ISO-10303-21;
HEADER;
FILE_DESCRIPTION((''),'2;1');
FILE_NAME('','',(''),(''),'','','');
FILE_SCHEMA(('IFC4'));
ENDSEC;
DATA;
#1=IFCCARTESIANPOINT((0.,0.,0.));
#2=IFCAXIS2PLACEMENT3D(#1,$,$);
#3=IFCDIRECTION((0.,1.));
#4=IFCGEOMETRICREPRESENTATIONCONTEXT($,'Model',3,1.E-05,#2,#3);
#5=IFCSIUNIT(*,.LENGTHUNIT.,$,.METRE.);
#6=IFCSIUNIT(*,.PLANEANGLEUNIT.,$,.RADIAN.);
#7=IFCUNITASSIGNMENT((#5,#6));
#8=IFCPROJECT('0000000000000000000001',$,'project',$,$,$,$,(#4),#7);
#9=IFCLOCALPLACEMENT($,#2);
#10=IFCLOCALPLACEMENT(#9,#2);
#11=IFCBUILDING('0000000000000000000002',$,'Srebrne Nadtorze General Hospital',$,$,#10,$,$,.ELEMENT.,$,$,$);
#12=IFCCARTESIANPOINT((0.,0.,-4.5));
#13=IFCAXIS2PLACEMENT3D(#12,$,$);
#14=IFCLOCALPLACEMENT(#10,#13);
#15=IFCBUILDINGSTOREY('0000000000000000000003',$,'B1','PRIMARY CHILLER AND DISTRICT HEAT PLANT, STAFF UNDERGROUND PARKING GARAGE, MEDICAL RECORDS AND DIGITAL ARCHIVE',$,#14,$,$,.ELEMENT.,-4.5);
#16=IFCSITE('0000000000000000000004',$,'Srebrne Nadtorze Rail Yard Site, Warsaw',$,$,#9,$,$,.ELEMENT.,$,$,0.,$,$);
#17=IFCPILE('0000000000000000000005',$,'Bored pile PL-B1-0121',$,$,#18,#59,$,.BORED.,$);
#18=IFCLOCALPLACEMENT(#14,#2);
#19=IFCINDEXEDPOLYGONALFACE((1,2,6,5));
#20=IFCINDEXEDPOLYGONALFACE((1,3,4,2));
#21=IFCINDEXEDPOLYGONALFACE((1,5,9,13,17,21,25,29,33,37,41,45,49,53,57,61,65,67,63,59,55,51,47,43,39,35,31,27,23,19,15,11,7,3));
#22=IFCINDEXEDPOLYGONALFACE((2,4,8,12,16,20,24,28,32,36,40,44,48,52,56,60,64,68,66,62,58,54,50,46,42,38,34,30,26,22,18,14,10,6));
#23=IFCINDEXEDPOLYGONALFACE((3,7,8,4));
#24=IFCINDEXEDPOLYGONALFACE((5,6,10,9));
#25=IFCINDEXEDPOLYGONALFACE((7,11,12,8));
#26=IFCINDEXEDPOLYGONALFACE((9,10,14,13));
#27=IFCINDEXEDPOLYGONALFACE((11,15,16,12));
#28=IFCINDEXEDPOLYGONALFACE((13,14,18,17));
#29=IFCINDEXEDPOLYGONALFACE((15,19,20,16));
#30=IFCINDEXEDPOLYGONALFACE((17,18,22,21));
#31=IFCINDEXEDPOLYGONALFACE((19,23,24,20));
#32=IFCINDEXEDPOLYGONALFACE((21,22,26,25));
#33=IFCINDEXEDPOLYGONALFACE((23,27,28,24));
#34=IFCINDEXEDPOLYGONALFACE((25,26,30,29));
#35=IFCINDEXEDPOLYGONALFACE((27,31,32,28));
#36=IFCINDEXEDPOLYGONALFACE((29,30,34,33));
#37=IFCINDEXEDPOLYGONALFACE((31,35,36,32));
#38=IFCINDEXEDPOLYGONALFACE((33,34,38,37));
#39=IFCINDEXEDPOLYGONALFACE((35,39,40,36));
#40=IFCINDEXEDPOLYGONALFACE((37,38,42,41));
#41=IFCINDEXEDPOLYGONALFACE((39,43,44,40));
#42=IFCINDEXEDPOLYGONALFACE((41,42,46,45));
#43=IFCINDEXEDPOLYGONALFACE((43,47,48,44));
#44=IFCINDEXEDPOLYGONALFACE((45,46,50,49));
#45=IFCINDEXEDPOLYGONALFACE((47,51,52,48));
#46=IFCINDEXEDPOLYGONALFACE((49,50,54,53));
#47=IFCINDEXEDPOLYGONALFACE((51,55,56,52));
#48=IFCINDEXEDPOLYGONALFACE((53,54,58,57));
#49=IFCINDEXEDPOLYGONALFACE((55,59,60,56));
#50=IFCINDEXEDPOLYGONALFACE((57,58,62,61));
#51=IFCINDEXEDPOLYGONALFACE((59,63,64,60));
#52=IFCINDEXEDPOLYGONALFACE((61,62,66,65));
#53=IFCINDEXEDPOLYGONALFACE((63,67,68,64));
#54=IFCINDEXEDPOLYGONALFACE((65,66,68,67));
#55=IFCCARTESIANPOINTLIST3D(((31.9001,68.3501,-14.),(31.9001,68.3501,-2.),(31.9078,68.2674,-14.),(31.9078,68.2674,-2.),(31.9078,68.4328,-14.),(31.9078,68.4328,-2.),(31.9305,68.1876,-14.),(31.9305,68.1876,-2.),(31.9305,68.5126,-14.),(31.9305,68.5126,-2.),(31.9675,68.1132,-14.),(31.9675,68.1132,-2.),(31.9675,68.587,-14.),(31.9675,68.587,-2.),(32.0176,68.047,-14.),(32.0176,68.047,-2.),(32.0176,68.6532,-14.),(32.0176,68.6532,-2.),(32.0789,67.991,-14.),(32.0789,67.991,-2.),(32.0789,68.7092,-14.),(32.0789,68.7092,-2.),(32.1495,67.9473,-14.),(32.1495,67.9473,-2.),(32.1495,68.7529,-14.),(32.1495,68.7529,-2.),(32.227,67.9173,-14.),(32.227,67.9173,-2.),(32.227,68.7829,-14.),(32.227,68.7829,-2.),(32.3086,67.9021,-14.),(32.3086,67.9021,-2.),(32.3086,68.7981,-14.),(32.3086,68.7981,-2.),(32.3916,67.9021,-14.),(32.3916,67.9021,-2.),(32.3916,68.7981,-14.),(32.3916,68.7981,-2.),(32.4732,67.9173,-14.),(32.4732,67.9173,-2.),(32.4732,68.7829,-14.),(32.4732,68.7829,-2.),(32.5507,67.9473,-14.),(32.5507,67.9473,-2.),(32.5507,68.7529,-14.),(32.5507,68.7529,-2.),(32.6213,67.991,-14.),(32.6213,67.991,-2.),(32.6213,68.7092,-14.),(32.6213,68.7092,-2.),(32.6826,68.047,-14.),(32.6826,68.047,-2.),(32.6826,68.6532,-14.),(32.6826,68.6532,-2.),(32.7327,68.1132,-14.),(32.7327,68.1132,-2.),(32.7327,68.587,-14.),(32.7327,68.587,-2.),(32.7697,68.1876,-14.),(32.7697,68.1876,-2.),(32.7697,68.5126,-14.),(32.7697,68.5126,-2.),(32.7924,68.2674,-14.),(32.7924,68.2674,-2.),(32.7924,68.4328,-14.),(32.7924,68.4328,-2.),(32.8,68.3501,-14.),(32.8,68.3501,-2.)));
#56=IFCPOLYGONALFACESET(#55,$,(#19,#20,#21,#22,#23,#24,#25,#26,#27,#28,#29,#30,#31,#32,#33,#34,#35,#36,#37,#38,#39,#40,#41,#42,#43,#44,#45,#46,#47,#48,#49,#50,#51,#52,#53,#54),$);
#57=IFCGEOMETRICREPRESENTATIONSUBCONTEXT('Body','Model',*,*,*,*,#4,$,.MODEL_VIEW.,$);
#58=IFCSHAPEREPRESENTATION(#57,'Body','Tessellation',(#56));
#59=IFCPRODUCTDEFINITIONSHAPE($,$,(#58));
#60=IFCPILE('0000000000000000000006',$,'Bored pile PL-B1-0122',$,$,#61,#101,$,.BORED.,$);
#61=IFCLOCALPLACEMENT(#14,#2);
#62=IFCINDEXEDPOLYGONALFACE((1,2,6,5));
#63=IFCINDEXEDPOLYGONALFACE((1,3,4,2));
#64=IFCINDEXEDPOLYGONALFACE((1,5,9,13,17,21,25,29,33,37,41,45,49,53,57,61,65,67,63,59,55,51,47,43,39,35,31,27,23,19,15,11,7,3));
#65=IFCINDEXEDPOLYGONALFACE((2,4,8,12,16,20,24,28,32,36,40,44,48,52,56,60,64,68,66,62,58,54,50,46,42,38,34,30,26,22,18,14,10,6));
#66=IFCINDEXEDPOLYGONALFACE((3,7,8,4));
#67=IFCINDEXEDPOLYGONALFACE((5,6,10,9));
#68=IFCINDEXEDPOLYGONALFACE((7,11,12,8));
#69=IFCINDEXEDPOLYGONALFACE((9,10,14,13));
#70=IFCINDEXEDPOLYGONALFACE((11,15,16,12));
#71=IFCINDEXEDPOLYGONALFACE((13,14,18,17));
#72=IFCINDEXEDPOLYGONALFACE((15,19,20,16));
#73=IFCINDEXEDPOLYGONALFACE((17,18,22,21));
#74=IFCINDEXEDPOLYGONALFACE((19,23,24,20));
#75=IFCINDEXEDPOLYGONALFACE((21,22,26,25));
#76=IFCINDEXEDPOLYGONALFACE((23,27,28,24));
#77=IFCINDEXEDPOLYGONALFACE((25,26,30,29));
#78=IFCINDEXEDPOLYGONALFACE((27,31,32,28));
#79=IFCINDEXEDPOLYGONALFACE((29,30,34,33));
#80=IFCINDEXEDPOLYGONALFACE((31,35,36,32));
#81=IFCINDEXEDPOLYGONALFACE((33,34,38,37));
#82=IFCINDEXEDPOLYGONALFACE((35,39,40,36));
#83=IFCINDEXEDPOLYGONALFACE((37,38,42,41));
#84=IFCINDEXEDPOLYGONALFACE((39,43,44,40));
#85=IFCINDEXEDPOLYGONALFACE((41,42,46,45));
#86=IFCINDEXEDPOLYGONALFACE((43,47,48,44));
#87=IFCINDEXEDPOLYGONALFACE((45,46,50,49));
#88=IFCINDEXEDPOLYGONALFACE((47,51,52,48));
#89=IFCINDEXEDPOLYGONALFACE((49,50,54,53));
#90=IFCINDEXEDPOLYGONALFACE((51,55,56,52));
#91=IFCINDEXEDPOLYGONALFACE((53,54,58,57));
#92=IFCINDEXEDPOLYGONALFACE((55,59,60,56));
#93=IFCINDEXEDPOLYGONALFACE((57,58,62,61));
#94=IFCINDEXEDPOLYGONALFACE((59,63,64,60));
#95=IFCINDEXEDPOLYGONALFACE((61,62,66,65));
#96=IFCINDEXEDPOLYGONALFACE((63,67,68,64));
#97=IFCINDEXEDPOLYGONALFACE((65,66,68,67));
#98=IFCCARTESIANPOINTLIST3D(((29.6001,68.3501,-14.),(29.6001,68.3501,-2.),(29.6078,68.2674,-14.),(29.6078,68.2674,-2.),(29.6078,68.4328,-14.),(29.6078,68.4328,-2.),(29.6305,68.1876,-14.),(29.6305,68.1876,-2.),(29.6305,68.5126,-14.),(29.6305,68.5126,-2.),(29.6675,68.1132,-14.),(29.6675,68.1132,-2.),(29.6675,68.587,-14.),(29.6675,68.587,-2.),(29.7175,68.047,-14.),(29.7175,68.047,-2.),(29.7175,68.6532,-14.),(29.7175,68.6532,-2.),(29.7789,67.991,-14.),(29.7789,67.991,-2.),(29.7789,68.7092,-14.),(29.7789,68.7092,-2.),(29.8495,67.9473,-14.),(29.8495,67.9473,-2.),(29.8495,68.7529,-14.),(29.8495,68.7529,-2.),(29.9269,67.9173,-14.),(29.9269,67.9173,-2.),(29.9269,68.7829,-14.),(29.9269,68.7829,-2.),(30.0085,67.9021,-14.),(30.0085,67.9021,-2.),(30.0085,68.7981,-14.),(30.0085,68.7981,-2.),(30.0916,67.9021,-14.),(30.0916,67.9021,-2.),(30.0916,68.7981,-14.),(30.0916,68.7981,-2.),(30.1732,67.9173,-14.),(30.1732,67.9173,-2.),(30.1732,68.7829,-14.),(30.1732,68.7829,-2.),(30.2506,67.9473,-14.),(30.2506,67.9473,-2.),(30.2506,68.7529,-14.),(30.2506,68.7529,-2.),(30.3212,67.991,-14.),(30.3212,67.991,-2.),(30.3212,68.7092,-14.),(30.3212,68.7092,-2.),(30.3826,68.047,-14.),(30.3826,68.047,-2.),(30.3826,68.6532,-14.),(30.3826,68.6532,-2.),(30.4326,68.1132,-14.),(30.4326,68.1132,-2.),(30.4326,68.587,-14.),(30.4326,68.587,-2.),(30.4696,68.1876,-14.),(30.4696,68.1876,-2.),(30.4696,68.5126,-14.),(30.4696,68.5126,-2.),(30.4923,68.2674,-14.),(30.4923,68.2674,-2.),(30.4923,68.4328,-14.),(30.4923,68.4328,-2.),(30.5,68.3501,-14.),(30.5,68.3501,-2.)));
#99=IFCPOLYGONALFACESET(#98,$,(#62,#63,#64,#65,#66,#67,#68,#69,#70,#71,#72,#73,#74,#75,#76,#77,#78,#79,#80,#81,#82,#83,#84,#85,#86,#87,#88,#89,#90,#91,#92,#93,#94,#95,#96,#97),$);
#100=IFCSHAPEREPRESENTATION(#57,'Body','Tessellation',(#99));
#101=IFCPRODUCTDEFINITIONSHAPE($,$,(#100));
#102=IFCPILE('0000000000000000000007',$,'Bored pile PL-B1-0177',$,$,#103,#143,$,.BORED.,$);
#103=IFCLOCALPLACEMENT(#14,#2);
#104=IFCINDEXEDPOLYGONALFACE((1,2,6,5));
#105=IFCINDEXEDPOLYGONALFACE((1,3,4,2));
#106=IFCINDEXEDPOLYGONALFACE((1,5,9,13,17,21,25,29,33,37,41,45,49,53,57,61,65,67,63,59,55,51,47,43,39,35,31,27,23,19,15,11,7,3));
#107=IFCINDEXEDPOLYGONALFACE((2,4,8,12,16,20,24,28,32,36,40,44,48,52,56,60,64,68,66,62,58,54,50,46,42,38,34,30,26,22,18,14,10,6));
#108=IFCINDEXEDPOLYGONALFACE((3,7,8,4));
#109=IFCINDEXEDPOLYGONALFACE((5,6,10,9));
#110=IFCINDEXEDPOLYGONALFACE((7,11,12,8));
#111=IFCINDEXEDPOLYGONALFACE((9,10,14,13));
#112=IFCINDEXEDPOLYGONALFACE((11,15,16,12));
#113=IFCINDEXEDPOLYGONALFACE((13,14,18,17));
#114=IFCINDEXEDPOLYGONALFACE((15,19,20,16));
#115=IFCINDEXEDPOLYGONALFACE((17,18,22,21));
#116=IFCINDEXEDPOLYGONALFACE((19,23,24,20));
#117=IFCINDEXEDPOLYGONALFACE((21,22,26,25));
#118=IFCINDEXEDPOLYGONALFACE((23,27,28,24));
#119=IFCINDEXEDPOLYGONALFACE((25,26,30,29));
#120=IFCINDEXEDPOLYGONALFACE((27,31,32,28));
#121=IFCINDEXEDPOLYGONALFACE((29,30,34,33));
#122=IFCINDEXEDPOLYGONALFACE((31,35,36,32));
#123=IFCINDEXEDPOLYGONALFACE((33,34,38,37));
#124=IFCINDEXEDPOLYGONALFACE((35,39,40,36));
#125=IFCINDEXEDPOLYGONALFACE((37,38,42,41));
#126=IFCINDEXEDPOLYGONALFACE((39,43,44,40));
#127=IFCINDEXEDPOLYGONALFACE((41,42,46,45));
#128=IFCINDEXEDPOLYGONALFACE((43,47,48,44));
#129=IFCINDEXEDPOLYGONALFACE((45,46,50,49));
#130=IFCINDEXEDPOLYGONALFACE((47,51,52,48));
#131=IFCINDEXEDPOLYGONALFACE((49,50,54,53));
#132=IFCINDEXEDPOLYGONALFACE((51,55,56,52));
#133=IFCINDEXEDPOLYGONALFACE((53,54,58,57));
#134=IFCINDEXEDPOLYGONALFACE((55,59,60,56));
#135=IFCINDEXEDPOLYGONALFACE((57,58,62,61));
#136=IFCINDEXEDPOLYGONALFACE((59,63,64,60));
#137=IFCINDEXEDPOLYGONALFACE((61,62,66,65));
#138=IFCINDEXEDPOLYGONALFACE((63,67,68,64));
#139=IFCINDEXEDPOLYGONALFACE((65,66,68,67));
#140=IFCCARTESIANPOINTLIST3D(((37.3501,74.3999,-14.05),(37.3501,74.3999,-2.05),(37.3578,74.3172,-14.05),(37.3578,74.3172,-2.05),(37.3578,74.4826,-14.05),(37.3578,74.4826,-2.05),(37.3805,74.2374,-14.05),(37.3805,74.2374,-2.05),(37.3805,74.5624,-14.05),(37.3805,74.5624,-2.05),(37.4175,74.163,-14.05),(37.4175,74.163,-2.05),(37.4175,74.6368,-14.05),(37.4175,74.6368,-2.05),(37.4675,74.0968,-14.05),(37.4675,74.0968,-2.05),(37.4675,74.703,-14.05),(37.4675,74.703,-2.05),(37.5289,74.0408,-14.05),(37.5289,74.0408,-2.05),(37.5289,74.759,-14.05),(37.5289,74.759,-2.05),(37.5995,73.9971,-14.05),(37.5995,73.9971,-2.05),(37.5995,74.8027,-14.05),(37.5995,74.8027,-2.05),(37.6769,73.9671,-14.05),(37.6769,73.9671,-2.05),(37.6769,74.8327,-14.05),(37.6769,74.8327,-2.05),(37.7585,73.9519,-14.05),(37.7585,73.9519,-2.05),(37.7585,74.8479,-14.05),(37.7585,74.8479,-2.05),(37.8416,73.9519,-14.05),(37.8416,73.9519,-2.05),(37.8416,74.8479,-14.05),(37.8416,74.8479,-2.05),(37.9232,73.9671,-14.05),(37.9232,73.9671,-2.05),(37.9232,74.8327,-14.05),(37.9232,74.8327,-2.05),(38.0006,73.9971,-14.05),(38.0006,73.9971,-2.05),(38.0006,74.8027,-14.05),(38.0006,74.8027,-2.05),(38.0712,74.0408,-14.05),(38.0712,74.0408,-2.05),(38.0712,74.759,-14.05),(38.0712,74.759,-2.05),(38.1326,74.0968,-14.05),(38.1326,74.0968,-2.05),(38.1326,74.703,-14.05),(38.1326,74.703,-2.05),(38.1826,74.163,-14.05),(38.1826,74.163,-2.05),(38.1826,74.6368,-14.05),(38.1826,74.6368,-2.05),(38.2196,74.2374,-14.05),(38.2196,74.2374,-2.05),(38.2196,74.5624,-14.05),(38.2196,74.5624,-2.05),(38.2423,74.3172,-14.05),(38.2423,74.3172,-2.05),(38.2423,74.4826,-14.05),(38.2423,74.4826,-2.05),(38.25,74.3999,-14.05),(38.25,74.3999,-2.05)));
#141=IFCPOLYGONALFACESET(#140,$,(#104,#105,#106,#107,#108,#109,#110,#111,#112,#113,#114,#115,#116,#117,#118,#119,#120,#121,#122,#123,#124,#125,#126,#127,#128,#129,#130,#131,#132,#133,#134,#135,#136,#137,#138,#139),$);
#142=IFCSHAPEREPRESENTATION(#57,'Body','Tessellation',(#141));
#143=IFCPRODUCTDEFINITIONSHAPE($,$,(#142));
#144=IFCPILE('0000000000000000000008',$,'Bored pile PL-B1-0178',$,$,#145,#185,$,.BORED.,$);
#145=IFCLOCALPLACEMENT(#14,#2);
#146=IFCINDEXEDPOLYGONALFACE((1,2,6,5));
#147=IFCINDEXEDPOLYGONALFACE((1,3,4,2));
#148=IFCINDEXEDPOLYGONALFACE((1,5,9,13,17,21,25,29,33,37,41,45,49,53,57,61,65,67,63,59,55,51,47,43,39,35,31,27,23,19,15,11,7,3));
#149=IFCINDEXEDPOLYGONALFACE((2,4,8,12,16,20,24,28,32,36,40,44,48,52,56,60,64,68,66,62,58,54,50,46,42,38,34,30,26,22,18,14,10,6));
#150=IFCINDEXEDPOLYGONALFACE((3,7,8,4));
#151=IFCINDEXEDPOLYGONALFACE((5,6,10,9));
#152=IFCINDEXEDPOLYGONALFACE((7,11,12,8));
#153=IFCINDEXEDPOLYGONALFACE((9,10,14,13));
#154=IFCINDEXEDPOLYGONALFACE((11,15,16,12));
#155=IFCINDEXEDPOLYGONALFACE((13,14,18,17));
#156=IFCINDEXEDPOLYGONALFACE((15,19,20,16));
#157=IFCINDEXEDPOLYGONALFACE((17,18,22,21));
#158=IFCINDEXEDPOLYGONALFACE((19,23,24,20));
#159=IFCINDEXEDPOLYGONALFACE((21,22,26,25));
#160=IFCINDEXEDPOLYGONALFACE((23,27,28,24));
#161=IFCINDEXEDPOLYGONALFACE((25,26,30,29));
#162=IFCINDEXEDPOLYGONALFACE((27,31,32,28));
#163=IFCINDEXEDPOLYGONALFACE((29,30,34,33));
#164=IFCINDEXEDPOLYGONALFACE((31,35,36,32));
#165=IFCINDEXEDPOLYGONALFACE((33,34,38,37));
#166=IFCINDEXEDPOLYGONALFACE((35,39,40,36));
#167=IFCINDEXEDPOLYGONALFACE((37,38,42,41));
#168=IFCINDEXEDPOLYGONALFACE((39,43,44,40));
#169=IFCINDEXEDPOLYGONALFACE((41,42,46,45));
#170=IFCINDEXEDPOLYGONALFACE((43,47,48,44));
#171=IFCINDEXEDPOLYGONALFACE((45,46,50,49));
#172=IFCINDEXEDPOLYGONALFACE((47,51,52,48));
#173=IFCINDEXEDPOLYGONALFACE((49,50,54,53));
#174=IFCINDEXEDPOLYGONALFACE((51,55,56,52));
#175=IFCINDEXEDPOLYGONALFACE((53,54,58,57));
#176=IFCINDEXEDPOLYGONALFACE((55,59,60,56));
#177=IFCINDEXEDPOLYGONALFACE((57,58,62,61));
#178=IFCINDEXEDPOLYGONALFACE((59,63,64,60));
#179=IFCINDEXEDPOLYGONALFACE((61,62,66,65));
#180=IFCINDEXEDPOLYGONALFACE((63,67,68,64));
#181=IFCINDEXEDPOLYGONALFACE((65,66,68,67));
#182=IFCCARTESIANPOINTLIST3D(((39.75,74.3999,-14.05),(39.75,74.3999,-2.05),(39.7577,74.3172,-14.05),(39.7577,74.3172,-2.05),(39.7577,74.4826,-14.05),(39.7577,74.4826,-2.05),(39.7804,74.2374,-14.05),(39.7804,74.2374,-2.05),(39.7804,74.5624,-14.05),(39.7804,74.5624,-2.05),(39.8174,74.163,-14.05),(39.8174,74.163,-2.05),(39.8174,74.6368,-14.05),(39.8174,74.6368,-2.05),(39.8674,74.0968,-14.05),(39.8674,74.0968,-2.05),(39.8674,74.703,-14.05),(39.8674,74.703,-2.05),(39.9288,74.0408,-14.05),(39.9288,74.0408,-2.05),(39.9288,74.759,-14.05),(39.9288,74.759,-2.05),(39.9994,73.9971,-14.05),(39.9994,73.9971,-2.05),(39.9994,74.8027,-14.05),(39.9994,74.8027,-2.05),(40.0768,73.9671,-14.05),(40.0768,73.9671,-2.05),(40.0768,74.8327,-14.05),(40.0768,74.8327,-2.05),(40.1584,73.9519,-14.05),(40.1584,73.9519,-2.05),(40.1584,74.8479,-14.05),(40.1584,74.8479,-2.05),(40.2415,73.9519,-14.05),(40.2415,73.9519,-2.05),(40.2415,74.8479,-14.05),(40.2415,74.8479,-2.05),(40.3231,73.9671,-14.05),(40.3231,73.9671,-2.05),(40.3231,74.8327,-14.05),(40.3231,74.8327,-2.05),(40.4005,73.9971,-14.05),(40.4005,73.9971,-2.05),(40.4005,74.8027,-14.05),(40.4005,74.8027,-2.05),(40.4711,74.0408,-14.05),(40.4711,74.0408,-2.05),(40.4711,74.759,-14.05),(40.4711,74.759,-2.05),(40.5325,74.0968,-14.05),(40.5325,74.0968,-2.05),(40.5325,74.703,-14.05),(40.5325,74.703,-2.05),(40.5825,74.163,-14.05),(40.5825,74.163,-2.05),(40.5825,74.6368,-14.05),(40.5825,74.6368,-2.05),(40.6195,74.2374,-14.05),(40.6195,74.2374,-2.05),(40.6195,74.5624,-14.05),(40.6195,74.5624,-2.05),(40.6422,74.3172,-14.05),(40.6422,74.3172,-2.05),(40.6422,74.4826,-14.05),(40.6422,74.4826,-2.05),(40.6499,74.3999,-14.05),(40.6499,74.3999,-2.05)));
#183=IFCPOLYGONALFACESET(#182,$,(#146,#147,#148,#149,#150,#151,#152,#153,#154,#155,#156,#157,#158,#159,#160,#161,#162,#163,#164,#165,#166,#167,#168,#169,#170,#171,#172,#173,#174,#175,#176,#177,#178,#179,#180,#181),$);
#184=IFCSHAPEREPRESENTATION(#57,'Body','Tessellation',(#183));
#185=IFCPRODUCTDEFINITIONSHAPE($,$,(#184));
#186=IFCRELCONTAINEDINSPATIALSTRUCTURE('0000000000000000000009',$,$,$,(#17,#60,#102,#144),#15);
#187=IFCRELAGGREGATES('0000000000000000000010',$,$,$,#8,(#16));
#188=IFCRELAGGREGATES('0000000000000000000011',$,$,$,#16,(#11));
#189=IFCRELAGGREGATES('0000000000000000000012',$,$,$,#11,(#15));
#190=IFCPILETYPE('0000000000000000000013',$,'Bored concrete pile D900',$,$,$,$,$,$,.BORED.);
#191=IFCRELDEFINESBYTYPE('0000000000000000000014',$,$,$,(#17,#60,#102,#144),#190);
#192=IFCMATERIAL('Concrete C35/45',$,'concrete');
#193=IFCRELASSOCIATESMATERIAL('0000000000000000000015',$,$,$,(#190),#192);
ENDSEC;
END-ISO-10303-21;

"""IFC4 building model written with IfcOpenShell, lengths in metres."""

from ifc_helpers import new_model, si_unit, direction, frame, origin, origin_2d, place, context, subcontext, project, spatial, circle, extrude, material, material_profile, profile_set, type_object, element, save


model = new_model("IFC4")

# Units and contexts
model_context = context("Model", 3, precision=1e-05, world=origin(), true_north=direction((0.0, 1.0)))
body_context = subcontext(model_context, "Body", "Model", "MODEL_VIEW")
ifc_project = project(units=[si_unit("LENGTHUNIT", "METRE"), si_unit("PLANEANGLEUNIT", "RADIAN")], contexts=[model_context])

# Site, building, storey
site_placement = place(None, origin())
site = spatial("IfcSite", under=ifc_project, at=site_placement, Name="Srebrne Nadtorze Rail Yard Site, Warsaw", CompositionType="ELEMENT", RefElevation=0.0)
building_placement = place(site_placement, origin())
building = spatial("IfcBuilding", under=site, at=building_placement, Name="Srebrne Nadtorze General Hospital", CompositionType="ELEMENT")
storey_placement = place(building_placement, frame((0.0, 0.0, -4.5)))
storey = spatial("IfcBuildingStorey", under=building, at=storey_placement, Name="B1", Description="PRIMARY CHILLER AND DISTRICT HEAT PLANT, STAFF UNDERGROUND PARKING GARAGE, MEDICAL RECORDS AND DIGITAL ARCHIVE", CompositionType="ELEMENT", Elevation=-4.5)

# Piles
ifc_material_1 = material(Name="Concrete C35/45", Category="concrete")
ifc_material_profile_1 = material_profile(ifc_material_1, circle(Radius=0.45, at=origin_2d()), Name="PILE-D900")
ifc_profile_set_1 = profile_set([ifc_material_profile_1], Name="Concrete C35/45")
pile_type_1 = type_object("IfcPileType", Name="Bored concrete pile D900", PredefinedType="BORED", material=ifc_profile_set_1)
for number, where, z_axis, x_axis, name in (
    (1, (32.3501, 68.3501, -2.0), (0.0, 0.0, -1.0), (1.0, 0.0, 0.0), "Bored pile PL-B1-0121"),
    (2, (30.05, 68.3501, -2.0), (0.0, 0.0, -1.0), (1.0, 0.0, 0.0), "Bored pile PL-B1-0122"),
    (3, (37.8, 74.3999, -2.05), (0.0, 0.0, -1.0), (1.0, 0.0, 0.0), "Bored pile PL-B1-0177"),
    (4, (40.2, 74.3999, -2.05), (0.0, 0.0, -1.0), (1.0, 0.0, 0.0), "Bored pile PL-B1-0178"),
):
    element("IfcPile", number, at=place(storey_placement, frame(where, z_axis=z_axis, x_axis=x_axis)), inside=storey, type_object=pile_type_1, Name=name, PredefinedType="BORED", context=body_context, shape_type="SweptSolid", body=[
        extrude(circle(Radius=0.45, at=origin_2d()), origin(), (0.0, 0.0, 1.0), 12.0),
    ])

save(model, "model.ifc")
